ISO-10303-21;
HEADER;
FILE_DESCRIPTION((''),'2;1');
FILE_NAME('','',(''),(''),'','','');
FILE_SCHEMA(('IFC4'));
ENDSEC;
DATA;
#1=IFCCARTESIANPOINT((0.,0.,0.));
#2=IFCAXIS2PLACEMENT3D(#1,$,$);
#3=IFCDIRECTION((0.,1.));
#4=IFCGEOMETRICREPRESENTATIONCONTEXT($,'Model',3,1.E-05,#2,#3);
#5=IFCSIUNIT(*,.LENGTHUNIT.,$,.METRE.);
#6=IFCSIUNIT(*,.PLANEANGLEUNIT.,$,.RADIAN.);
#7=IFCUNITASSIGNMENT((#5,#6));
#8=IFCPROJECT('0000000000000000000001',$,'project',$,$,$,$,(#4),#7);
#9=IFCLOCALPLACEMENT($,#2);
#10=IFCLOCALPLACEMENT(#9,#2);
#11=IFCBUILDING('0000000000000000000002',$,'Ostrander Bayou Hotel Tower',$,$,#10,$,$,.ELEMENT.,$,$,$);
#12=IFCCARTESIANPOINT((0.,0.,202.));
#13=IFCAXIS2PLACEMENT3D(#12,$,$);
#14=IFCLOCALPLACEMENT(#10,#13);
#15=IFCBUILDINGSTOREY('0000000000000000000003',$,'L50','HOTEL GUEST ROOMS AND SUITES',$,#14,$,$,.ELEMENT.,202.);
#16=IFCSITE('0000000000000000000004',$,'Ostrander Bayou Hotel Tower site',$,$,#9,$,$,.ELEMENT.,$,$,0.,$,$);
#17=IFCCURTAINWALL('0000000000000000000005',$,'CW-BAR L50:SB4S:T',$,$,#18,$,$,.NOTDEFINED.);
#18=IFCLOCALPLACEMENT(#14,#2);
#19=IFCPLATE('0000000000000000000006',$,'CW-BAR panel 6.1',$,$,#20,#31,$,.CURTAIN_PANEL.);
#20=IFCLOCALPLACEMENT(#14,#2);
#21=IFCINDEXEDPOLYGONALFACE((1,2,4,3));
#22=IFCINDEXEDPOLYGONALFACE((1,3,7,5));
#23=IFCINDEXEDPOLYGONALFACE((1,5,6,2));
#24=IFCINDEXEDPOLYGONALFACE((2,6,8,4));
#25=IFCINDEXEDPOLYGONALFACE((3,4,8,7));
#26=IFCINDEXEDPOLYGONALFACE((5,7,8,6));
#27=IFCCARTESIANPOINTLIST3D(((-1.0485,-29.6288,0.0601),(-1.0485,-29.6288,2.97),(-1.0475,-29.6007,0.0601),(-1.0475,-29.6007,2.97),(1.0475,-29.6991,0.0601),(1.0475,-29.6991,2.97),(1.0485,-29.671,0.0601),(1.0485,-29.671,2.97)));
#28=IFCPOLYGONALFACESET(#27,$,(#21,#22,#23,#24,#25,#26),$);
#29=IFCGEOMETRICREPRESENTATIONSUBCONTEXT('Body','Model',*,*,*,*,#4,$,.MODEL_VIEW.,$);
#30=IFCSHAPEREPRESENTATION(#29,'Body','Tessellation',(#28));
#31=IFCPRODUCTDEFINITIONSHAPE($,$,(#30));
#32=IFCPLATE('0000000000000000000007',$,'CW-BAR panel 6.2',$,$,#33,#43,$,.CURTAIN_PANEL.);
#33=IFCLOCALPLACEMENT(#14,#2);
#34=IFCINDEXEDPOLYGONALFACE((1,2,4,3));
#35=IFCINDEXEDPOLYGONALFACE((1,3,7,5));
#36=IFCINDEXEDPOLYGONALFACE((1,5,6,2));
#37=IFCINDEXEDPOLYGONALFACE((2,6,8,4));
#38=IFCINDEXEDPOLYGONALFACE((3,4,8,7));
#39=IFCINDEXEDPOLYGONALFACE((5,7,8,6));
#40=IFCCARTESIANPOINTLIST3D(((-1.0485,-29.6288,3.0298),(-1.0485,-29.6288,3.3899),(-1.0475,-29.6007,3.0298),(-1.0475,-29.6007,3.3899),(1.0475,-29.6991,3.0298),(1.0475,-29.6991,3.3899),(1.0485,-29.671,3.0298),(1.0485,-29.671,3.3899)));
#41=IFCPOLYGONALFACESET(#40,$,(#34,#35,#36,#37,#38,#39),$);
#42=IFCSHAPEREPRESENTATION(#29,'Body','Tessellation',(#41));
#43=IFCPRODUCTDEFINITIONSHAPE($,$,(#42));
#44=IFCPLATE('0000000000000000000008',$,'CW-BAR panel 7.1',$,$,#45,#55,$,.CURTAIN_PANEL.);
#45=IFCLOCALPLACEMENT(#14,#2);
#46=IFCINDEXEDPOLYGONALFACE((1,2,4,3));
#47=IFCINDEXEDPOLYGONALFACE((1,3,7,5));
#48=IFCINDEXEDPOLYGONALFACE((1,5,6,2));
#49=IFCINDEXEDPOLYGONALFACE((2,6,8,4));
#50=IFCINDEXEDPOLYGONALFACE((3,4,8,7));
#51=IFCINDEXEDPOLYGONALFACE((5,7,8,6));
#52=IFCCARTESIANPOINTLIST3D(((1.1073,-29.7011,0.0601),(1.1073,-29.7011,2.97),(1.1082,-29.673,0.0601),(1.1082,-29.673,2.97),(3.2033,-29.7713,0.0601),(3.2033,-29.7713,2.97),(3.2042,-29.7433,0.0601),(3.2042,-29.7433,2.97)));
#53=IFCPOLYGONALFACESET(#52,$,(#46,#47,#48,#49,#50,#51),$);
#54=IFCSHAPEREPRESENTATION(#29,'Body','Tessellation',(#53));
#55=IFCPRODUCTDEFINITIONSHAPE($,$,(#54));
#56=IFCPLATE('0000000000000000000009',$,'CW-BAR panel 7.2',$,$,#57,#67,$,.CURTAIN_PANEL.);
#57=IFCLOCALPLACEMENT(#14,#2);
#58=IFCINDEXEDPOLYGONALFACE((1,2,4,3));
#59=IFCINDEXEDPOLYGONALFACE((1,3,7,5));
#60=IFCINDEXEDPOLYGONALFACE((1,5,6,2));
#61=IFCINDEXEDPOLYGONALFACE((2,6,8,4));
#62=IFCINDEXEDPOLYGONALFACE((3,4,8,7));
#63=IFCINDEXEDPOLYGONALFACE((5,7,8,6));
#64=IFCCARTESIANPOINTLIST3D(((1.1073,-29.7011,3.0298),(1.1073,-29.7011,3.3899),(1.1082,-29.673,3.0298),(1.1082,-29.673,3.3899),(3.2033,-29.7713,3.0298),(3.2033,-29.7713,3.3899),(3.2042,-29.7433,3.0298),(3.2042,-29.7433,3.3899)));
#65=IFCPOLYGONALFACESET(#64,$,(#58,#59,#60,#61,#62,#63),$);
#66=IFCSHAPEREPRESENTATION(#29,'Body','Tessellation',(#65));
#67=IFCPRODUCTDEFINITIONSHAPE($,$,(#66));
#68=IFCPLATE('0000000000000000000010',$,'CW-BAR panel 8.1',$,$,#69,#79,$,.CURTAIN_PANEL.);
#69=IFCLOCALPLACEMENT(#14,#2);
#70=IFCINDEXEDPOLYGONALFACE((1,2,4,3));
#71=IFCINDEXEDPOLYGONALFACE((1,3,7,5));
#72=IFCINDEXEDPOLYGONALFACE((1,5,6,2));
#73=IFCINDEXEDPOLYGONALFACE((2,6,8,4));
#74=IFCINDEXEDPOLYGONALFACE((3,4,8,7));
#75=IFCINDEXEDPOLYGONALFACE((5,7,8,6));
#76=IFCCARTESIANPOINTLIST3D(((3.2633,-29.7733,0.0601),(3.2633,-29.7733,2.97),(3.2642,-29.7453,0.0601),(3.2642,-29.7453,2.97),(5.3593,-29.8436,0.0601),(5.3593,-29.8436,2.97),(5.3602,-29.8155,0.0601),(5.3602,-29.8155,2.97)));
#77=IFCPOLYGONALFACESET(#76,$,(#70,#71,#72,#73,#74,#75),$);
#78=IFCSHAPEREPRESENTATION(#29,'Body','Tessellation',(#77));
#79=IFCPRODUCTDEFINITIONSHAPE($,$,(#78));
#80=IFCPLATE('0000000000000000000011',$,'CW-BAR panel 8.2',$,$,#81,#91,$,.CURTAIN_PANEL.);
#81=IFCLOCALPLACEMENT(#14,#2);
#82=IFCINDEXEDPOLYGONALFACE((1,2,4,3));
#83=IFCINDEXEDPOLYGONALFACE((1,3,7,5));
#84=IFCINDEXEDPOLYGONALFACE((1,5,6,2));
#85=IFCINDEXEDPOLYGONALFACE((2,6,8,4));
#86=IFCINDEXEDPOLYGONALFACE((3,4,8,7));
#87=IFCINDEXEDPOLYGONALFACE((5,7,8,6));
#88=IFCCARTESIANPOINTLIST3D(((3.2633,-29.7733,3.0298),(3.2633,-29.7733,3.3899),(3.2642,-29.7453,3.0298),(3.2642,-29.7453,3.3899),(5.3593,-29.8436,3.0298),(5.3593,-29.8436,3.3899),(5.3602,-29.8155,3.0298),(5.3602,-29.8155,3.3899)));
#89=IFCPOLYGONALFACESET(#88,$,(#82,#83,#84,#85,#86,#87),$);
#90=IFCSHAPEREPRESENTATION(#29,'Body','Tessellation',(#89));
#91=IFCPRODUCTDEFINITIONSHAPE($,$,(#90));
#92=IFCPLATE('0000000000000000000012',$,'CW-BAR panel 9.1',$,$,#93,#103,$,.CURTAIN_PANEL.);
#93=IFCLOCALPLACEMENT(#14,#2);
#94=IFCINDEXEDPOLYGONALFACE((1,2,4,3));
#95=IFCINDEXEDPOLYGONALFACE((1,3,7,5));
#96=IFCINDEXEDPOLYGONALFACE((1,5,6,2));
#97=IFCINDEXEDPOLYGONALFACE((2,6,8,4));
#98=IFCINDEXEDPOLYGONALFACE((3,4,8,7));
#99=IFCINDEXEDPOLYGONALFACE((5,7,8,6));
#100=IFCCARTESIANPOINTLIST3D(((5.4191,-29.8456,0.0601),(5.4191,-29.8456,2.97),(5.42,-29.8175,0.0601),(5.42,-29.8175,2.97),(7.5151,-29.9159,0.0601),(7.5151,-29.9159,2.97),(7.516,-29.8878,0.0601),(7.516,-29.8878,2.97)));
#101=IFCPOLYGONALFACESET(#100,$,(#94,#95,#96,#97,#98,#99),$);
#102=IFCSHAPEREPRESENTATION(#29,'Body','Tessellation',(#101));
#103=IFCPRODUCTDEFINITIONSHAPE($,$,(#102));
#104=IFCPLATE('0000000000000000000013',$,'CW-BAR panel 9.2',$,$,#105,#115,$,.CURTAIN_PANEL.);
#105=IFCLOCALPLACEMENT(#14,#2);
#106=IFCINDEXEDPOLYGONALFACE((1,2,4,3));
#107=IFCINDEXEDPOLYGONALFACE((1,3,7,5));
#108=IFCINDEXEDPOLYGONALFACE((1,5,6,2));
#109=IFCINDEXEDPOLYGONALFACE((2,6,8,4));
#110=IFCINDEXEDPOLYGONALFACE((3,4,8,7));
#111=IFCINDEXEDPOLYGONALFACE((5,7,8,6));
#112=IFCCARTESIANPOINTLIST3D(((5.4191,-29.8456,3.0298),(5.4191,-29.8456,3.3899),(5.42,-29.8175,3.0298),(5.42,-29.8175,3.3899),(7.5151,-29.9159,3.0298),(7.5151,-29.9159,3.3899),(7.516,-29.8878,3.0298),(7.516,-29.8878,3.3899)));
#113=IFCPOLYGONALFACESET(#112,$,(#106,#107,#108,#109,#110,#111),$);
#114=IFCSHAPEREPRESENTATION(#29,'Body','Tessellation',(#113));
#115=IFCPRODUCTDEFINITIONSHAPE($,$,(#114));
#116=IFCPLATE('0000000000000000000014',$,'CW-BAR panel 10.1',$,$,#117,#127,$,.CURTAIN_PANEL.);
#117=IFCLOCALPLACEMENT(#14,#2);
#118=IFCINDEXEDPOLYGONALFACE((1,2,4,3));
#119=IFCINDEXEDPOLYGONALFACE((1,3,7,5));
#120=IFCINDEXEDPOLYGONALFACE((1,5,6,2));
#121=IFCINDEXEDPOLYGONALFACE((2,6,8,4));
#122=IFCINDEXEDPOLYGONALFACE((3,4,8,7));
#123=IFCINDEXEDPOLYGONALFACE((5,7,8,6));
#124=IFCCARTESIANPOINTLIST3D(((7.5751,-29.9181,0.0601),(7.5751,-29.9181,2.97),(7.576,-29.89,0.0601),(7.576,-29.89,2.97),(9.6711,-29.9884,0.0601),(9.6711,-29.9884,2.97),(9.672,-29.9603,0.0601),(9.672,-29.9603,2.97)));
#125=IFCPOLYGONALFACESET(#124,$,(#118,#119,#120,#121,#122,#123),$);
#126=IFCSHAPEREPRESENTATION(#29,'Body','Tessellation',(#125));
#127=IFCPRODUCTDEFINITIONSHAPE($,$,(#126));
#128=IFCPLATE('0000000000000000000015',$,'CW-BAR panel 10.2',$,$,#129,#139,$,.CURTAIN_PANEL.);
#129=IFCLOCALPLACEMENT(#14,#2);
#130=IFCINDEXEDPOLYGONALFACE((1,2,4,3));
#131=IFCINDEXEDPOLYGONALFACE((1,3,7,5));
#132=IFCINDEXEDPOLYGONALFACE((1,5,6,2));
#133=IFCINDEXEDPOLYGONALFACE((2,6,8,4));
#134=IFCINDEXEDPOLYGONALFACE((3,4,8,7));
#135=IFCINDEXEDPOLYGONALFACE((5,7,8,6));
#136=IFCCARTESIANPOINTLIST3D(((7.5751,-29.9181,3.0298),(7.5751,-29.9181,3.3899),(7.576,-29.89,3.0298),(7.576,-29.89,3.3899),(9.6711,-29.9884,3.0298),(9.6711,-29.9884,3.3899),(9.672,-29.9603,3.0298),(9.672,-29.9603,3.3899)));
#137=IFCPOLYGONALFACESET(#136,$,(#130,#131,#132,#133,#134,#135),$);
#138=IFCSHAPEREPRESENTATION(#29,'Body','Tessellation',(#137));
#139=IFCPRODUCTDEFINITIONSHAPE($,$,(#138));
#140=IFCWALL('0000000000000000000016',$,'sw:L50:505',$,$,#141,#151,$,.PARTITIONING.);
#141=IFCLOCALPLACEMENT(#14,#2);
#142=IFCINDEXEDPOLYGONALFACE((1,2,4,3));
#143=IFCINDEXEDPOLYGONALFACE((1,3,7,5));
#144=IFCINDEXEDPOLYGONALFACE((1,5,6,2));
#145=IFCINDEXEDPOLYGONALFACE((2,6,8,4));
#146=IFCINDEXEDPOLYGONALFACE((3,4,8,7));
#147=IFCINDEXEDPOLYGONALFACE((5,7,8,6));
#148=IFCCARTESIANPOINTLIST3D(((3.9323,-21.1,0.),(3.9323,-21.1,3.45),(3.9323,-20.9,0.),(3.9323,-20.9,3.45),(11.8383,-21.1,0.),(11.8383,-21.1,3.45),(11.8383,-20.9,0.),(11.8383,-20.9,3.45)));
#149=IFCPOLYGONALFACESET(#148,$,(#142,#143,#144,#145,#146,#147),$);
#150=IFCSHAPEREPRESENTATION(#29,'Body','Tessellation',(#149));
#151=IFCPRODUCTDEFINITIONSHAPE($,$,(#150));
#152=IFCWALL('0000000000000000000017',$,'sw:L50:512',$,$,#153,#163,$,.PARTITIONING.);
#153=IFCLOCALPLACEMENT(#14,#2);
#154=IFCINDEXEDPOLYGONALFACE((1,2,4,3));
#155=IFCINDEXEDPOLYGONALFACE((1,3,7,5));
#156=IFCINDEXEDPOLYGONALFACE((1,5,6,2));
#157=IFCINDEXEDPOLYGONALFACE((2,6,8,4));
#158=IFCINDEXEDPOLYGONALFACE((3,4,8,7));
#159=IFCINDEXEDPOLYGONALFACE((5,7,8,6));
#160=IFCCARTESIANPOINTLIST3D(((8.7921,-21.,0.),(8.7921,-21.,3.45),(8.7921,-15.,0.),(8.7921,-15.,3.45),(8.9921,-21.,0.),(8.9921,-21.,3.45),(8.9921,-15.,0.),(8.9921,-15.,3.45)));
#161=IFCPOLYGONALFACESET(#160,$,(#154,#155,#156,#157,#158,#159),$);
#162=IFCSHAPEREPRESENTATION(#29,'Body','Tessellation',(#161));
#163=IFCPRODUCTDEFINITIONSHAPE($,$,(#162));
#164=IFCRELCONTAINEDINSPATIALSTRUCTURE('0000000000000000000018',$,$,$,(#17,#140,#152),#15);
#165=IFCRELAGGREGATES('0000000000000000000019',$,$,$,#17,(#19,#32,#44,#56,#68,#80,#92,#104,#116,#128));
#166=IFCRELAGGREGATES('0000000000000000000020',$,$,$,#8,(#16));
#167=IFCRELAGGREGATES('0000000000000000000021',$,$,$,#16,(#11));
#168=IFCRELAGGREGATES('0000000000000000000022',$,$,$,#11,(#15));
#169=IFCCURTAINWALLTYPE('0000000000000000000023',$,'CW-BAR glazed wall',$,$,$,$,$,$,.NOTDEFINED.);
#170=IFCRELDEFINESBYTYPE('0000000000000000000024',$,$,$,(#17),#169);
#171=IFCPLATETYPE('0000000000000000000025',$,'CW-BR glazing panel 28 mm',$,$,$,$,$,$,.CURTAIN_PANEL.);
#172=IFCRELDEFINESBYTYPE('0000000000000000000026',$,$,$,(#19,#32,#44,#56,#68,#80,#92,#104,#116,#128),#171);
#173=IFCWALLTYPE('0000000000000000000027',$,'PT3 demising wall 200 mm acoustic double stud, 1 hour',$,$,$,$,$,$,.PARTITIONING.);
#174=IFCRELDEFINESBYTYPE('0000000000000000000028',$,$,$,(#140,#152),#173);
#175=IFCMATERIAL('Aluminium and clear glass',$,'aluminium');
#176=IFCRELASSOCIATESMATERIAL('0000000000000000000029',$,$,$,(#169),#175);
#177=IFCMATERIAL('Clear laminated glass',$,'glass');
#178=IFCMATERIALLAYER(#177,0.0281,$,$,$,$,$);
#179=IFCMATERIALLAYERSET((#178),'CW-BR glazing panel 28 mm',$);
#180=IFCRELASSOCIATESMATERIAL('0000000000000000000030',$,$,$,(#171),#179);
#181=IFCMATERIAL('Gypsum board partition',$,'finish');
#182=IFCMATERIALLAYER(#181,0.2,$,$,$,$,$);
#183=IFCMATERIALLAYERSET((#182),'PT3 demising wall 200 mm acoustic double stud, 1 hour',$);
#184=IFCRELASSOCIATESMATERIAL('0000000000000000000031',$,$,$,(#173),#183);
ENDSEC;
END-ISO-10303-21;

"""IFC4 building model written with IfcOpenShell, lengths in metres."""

from ifc_helpers import new_model, si_unit, direction, frame, frame_2d, origin, origin_2d, place, context, subcontext, project, spatial, rectangle, extrude, material, layer, layer_set, type_object, element, aggregate, save


model = new_model("IFC4")

# Units and contexts
model_context = context("Model", 3, precision=1e-05, world=origin(), true_north=direction((0.0, 1.0)))
body_context = subcontext(model_context, "Body", "Model", "MODEL_VIEW")
ifc_project = project(units=[si_unit("LENGTHUNIT", "METRE"), si_unit("PLANEANGLEUNIT", "RADIAN")], contexts=[model_context])

# Site, building, storey
site_placement = place(None, origin())
site = spatial("IfcSite", under=ifc_project, at=site_placement, Name="Ostrander Bayou Hotel Tower site", CompositionType="ELEMENT", RefElevation=0.0)
building_placement = place(site_placement, origin())
building = spatial("IfcBuilding", under=site, at=building_placement, Name="Ostrander Bayou Hotel Tower", CompositionType="ELEMENT")
storey_placement = place(building_placement, frame((0.0, 0.0, 202.0)))
storey = spatial("IfcBuildingStorey", under=building, at=storey_placement, Name="L50", Description="HOTEL GUEST ROOMS AND SUITES", CompositionType="ELEMENT", Elevation=202.0)

# Curtain wall, plates
ifc_material_1 = material(Name="Aluminium and clear glass", Category="aluminium")
curtain_wall_type = type_object("IfcCurtainWallType", Name="CW-BAR glazed wall", PredefinedType="NOTDEFINED", material=ifc_material_1)
curtain_wall_placement = place(storey_placement, origin())
curtain_wall = element("IfcCurtainWall", 1, at=curtain_wall_placement, inside=storey, type_object=curtain_wall_type, Name="CW-BAR L50:SB4S:T", PredefinedType="NOTDEFINED")
ifc_material_2 = material(Name="Clear laminated glass", Category="glass")
ifc_layer_1 = layer(ifc_material_2, 0.0281)
ifc_layer_set_1 = layer_set([ifc_layer_1], Name="CW-BR glazing panel 28 mm")
plate_type = type_object("IfcPlateType", Name="CW-BR glazing panel 28 mm", PredefinedType="CURTAIN_PANEL", material=ifc_layer_set_1)
plate_1_placement = place(storey_placement, frame((0.0, -29.6499, 0.0601), z_axis=(0.0, 0.0, 1.0), x_axis=(0.999439, -0.033505, 0.0)))
plate_1 = element("IfcPlate", 2, at=plate_1_placement, type_object=plate_type, Name="CW-BAR panel 6.1", PredefinedType="CURTAIN_PANEL", context=body_context, shape_type="SweptSolid", body=[
    extrude(rectangle(XDim=2.0972, YDim=0.0281, at=origin_2d()), origin(), (0.0, 0.0, 1.0), 2.9099),
])
plate_2_placement = place(storey_placement, frame((0.0, -29.6499, 3.0298), z_axis=(0.0, 0.0, 1.0), x_axis=(0.999439, -0.033505, 0.0)))
plate_2 = element("IfcPlate", 3, at=plate_2_placement, type_object=plate_type, Name="CW-BAR panel 6.2", PredefinedType="CURTAIN_PANEL", context=body_context, shape_type="SweptSolid", body=[
    extrude(rectangle(XDim=2.0972, YDim=0.0281, at=origin_2d()), origin(), (0.0, 0.0, 1.0), 0.3601),
])
plate_3_placement = place(storey_placement, frame((2.1558, -29.7222, 0.0601), z_axis=(0.0, 0.0, 1.0), x_axis=(0.999439, -0.033505, 0.0)))
plate_3 = element("IfcPlate", 4, at=plate_3_placement, type_object=plate_type, Name="CW-BAR panel 7.1", PredefinedType="CURTAIN_PANEL", context=body_context, shape_type="SweptSolid", body=[
    extrude(rectangle(XDim=2.0972, YDim=0.0281, at=origin_2d()), origin(), (0.0, 0.0, 1.0), 2.9099),
])
plate_4_placement = place(storey_placement, frame((2.1558, -29.7222, 3.0298), z_axis=(0.0, 0.0, 1.0), x_axis=(0.999439, -0.033505, 0.0)))
plate_4 = element("IfcPlate", 5, at=plate_4_placement, type_object=plate_type, Name="CW-BAR panel 7.2", PredefinedType="CURTAIN_PANEL", context=body_context, shape_type="SweptSolid", body=[
    extrude(rectangle(XDim=2.0972, YDim=0.0281, at=origin_2d()), origin(), (0.0, 0.0, 1.0), 0.3601),
])
plate_5_placement = place(storey_placement, frame((4.3118, -29.7944, 0.0601), z_axis=(0.0, 0.0, 1.0), x_axis=(0.999439, -0.033505, 0.0)))
plate_5 = element("IfcPlate", 6, at=plate_5_placement, type_object=plate_type, Name="CW-BAR panel 8.1", PredefinedType="CURTAIN_PANEL", context=body_context, shape_type="SweptSolid", body=[
    extrude(rectangle(XDim=2.0972, YDim=0.0281, at=origin_2d()), origin(), (0.0, 0.0, 1.0), 2.9099),
])
plate_6_placement = place(storey_placement, frame((4.3118, -29.7944, 3.0298), z_axis=(0.0, 0.0, 1.0), x_axis=(0.999439, -0.033505, 0.0)))
plate_6 = element("IfcPlate", 7, at=plate_6_placement, type_object=plate_type, Name="CW-BAR panel 8.2", PredefinedType="CURTAIN_PANEL", context=body_context, shape_type="SweptSolid", body=[
    extrude(rectangle(XDim=2.0972, YDim=0.0281, at=origin_2d()), origin(), (0.0, 0.0, 1.0), 0.3601),
])
plate_7_placement = place(storey_placement, frame((6.4675, -29.8667, 0.0601), z_axis=(0.0, 0.0, 1.0), x_axis=(0.999439, -0.033505, 0.0)))
plate_7 = element("IfcPlate", 8, at=plate_7_placement, type_object=plate_type, Name="CW-BAR panel 9.1", PredefinedType="CURTAIN_PANEL", context=body_context, shape_type="SweptSolid", body=[
    extrude(rectangle(XDim=2.0972, YDim=0.0281, at=origin_2d()), origin(), (0.0, 0.0, 1.0), 2.9099),
])
plate_8_placement = place(storey_placement, frame((6.4675, -29.8667, 3.0298), z_axis=(0.0, 0.0, 1.0), x_axis=(0.999439, -0.033505, 0.0)))
plate_8 = element("IfcPlate", 9, at=plate_8_placement, type_object=plate_type, Name="CW-BAR panel 9.2", PredefinedType="CURTAIN_PANEL", context=body_context, shape_type="SweptSolid", body=[
    extrude(rectangle(XDim=2.0972, YDim=0.0281, at=origin_2d()), origin(), (0.0, 0.0, 1.0), 0.3601),
])
plate_9_placement = place(storey_placement, frame((8.6235, -29.9392, 0.0601), z_axis=(0.0, 0.0, 1.0), x_axis=(0.999439, -0.033505, 0.0)))
plate_9 = element("IfcPlate", 10, at=plate_9_placement, type_object=plate_type, Name="CW-BAR panel 10.1", PredefinedType="CURTAIN_PANEL", context=body_context, shape_type="SweptSolid", body=[
    extrude(rectangle(XDim=2.0972, YDim=0.0281, at=origin_2d()), origin(), (0.0, 0.0, 1.0), 2.9099),
])
plate_10_placement = place(storey_placement, frame((8.6235, -29.9392, 3.0298), z_axis=(0.0, 0.0, 1.0), x_axis=(0.999439, -0.033505, 0.0)))
plate_10 = element("IfcPlate", 11, at=plate_10_placement, type_object=plate_type, Name="CW-BAR panel 10.2", PredefinedType="CURTAIN_PANEL", context=body_context, shape_type="SweptSolid", body=[
    extrude(rectangle(XDim=2.0972, YDim=0.0281, at=origin_2d()), origin(), (0.0, 0.0, 1.0), 0.3601),
])
aggregate(curtain_wall, [plate_1, plate_2, plate_3, plate_4, plate_5, plate_6, plate_7, plate_8, plate_9, plate_10])

# Wall
ifc_material_3 = material(Name="Gypsum board partition", Category="finish")
ifc_layer_2 = layer(ifc_material_3, 0.2)
ifc_layer_set_2 = layer_set([ifc_layer_2], Name="PT3 demising wall 200 mm acoustic double stud, 1 hour")
wall_type = type_object("IfcWallType", Name="PT3 demising wall 200 mm acoustic double stud, 1 hour", PredefinedType="PARTITIONING", material=ifc_layer_set_2)
wall_1_placement = place(storey_placement, frame((3.9321, -21.0, 0.0), z_axis=(0.0, 0.0, 1.0), x_axis=(1.0, 0.0, 0.0)))
element("IfcWall", 12, at=wall_1_placement, inside=storey, type_object=wall_type, Name="sw:L50:505", PredefinedType="PARTITIONING", context=body_context, shape_type="SweptSolid", body=[
    extrude(rectangle(XDim=7.906, YDim=0.2, at=frame_2d((3.9531, 0.0))), origin(), (0.0, 0.0, 1.0), 3.45),
])

# Wall
wall_2_placement = place(storey_placement, frame((8.8921, -21.0, 0.0), z_axis=(0.0, 0.0, 1.0), x_axis=(0.0, 1.0, 0.0)))
element("IfcWall", 13, at=wall_2_placement, inside=storey, type_object=wall_type, Name="sw:L50:512", PredefinedType="PARTITIONING", context=body_context, shape_type="SweptSolid", body=[
    extrude(rectangle(XDim=6.0, YDim=0.2, at=frame_2d((3.0, 0.0))), origin(), (0.0, 0.0, 1.0), 3.45),
])

save(model, "model.ifc")
